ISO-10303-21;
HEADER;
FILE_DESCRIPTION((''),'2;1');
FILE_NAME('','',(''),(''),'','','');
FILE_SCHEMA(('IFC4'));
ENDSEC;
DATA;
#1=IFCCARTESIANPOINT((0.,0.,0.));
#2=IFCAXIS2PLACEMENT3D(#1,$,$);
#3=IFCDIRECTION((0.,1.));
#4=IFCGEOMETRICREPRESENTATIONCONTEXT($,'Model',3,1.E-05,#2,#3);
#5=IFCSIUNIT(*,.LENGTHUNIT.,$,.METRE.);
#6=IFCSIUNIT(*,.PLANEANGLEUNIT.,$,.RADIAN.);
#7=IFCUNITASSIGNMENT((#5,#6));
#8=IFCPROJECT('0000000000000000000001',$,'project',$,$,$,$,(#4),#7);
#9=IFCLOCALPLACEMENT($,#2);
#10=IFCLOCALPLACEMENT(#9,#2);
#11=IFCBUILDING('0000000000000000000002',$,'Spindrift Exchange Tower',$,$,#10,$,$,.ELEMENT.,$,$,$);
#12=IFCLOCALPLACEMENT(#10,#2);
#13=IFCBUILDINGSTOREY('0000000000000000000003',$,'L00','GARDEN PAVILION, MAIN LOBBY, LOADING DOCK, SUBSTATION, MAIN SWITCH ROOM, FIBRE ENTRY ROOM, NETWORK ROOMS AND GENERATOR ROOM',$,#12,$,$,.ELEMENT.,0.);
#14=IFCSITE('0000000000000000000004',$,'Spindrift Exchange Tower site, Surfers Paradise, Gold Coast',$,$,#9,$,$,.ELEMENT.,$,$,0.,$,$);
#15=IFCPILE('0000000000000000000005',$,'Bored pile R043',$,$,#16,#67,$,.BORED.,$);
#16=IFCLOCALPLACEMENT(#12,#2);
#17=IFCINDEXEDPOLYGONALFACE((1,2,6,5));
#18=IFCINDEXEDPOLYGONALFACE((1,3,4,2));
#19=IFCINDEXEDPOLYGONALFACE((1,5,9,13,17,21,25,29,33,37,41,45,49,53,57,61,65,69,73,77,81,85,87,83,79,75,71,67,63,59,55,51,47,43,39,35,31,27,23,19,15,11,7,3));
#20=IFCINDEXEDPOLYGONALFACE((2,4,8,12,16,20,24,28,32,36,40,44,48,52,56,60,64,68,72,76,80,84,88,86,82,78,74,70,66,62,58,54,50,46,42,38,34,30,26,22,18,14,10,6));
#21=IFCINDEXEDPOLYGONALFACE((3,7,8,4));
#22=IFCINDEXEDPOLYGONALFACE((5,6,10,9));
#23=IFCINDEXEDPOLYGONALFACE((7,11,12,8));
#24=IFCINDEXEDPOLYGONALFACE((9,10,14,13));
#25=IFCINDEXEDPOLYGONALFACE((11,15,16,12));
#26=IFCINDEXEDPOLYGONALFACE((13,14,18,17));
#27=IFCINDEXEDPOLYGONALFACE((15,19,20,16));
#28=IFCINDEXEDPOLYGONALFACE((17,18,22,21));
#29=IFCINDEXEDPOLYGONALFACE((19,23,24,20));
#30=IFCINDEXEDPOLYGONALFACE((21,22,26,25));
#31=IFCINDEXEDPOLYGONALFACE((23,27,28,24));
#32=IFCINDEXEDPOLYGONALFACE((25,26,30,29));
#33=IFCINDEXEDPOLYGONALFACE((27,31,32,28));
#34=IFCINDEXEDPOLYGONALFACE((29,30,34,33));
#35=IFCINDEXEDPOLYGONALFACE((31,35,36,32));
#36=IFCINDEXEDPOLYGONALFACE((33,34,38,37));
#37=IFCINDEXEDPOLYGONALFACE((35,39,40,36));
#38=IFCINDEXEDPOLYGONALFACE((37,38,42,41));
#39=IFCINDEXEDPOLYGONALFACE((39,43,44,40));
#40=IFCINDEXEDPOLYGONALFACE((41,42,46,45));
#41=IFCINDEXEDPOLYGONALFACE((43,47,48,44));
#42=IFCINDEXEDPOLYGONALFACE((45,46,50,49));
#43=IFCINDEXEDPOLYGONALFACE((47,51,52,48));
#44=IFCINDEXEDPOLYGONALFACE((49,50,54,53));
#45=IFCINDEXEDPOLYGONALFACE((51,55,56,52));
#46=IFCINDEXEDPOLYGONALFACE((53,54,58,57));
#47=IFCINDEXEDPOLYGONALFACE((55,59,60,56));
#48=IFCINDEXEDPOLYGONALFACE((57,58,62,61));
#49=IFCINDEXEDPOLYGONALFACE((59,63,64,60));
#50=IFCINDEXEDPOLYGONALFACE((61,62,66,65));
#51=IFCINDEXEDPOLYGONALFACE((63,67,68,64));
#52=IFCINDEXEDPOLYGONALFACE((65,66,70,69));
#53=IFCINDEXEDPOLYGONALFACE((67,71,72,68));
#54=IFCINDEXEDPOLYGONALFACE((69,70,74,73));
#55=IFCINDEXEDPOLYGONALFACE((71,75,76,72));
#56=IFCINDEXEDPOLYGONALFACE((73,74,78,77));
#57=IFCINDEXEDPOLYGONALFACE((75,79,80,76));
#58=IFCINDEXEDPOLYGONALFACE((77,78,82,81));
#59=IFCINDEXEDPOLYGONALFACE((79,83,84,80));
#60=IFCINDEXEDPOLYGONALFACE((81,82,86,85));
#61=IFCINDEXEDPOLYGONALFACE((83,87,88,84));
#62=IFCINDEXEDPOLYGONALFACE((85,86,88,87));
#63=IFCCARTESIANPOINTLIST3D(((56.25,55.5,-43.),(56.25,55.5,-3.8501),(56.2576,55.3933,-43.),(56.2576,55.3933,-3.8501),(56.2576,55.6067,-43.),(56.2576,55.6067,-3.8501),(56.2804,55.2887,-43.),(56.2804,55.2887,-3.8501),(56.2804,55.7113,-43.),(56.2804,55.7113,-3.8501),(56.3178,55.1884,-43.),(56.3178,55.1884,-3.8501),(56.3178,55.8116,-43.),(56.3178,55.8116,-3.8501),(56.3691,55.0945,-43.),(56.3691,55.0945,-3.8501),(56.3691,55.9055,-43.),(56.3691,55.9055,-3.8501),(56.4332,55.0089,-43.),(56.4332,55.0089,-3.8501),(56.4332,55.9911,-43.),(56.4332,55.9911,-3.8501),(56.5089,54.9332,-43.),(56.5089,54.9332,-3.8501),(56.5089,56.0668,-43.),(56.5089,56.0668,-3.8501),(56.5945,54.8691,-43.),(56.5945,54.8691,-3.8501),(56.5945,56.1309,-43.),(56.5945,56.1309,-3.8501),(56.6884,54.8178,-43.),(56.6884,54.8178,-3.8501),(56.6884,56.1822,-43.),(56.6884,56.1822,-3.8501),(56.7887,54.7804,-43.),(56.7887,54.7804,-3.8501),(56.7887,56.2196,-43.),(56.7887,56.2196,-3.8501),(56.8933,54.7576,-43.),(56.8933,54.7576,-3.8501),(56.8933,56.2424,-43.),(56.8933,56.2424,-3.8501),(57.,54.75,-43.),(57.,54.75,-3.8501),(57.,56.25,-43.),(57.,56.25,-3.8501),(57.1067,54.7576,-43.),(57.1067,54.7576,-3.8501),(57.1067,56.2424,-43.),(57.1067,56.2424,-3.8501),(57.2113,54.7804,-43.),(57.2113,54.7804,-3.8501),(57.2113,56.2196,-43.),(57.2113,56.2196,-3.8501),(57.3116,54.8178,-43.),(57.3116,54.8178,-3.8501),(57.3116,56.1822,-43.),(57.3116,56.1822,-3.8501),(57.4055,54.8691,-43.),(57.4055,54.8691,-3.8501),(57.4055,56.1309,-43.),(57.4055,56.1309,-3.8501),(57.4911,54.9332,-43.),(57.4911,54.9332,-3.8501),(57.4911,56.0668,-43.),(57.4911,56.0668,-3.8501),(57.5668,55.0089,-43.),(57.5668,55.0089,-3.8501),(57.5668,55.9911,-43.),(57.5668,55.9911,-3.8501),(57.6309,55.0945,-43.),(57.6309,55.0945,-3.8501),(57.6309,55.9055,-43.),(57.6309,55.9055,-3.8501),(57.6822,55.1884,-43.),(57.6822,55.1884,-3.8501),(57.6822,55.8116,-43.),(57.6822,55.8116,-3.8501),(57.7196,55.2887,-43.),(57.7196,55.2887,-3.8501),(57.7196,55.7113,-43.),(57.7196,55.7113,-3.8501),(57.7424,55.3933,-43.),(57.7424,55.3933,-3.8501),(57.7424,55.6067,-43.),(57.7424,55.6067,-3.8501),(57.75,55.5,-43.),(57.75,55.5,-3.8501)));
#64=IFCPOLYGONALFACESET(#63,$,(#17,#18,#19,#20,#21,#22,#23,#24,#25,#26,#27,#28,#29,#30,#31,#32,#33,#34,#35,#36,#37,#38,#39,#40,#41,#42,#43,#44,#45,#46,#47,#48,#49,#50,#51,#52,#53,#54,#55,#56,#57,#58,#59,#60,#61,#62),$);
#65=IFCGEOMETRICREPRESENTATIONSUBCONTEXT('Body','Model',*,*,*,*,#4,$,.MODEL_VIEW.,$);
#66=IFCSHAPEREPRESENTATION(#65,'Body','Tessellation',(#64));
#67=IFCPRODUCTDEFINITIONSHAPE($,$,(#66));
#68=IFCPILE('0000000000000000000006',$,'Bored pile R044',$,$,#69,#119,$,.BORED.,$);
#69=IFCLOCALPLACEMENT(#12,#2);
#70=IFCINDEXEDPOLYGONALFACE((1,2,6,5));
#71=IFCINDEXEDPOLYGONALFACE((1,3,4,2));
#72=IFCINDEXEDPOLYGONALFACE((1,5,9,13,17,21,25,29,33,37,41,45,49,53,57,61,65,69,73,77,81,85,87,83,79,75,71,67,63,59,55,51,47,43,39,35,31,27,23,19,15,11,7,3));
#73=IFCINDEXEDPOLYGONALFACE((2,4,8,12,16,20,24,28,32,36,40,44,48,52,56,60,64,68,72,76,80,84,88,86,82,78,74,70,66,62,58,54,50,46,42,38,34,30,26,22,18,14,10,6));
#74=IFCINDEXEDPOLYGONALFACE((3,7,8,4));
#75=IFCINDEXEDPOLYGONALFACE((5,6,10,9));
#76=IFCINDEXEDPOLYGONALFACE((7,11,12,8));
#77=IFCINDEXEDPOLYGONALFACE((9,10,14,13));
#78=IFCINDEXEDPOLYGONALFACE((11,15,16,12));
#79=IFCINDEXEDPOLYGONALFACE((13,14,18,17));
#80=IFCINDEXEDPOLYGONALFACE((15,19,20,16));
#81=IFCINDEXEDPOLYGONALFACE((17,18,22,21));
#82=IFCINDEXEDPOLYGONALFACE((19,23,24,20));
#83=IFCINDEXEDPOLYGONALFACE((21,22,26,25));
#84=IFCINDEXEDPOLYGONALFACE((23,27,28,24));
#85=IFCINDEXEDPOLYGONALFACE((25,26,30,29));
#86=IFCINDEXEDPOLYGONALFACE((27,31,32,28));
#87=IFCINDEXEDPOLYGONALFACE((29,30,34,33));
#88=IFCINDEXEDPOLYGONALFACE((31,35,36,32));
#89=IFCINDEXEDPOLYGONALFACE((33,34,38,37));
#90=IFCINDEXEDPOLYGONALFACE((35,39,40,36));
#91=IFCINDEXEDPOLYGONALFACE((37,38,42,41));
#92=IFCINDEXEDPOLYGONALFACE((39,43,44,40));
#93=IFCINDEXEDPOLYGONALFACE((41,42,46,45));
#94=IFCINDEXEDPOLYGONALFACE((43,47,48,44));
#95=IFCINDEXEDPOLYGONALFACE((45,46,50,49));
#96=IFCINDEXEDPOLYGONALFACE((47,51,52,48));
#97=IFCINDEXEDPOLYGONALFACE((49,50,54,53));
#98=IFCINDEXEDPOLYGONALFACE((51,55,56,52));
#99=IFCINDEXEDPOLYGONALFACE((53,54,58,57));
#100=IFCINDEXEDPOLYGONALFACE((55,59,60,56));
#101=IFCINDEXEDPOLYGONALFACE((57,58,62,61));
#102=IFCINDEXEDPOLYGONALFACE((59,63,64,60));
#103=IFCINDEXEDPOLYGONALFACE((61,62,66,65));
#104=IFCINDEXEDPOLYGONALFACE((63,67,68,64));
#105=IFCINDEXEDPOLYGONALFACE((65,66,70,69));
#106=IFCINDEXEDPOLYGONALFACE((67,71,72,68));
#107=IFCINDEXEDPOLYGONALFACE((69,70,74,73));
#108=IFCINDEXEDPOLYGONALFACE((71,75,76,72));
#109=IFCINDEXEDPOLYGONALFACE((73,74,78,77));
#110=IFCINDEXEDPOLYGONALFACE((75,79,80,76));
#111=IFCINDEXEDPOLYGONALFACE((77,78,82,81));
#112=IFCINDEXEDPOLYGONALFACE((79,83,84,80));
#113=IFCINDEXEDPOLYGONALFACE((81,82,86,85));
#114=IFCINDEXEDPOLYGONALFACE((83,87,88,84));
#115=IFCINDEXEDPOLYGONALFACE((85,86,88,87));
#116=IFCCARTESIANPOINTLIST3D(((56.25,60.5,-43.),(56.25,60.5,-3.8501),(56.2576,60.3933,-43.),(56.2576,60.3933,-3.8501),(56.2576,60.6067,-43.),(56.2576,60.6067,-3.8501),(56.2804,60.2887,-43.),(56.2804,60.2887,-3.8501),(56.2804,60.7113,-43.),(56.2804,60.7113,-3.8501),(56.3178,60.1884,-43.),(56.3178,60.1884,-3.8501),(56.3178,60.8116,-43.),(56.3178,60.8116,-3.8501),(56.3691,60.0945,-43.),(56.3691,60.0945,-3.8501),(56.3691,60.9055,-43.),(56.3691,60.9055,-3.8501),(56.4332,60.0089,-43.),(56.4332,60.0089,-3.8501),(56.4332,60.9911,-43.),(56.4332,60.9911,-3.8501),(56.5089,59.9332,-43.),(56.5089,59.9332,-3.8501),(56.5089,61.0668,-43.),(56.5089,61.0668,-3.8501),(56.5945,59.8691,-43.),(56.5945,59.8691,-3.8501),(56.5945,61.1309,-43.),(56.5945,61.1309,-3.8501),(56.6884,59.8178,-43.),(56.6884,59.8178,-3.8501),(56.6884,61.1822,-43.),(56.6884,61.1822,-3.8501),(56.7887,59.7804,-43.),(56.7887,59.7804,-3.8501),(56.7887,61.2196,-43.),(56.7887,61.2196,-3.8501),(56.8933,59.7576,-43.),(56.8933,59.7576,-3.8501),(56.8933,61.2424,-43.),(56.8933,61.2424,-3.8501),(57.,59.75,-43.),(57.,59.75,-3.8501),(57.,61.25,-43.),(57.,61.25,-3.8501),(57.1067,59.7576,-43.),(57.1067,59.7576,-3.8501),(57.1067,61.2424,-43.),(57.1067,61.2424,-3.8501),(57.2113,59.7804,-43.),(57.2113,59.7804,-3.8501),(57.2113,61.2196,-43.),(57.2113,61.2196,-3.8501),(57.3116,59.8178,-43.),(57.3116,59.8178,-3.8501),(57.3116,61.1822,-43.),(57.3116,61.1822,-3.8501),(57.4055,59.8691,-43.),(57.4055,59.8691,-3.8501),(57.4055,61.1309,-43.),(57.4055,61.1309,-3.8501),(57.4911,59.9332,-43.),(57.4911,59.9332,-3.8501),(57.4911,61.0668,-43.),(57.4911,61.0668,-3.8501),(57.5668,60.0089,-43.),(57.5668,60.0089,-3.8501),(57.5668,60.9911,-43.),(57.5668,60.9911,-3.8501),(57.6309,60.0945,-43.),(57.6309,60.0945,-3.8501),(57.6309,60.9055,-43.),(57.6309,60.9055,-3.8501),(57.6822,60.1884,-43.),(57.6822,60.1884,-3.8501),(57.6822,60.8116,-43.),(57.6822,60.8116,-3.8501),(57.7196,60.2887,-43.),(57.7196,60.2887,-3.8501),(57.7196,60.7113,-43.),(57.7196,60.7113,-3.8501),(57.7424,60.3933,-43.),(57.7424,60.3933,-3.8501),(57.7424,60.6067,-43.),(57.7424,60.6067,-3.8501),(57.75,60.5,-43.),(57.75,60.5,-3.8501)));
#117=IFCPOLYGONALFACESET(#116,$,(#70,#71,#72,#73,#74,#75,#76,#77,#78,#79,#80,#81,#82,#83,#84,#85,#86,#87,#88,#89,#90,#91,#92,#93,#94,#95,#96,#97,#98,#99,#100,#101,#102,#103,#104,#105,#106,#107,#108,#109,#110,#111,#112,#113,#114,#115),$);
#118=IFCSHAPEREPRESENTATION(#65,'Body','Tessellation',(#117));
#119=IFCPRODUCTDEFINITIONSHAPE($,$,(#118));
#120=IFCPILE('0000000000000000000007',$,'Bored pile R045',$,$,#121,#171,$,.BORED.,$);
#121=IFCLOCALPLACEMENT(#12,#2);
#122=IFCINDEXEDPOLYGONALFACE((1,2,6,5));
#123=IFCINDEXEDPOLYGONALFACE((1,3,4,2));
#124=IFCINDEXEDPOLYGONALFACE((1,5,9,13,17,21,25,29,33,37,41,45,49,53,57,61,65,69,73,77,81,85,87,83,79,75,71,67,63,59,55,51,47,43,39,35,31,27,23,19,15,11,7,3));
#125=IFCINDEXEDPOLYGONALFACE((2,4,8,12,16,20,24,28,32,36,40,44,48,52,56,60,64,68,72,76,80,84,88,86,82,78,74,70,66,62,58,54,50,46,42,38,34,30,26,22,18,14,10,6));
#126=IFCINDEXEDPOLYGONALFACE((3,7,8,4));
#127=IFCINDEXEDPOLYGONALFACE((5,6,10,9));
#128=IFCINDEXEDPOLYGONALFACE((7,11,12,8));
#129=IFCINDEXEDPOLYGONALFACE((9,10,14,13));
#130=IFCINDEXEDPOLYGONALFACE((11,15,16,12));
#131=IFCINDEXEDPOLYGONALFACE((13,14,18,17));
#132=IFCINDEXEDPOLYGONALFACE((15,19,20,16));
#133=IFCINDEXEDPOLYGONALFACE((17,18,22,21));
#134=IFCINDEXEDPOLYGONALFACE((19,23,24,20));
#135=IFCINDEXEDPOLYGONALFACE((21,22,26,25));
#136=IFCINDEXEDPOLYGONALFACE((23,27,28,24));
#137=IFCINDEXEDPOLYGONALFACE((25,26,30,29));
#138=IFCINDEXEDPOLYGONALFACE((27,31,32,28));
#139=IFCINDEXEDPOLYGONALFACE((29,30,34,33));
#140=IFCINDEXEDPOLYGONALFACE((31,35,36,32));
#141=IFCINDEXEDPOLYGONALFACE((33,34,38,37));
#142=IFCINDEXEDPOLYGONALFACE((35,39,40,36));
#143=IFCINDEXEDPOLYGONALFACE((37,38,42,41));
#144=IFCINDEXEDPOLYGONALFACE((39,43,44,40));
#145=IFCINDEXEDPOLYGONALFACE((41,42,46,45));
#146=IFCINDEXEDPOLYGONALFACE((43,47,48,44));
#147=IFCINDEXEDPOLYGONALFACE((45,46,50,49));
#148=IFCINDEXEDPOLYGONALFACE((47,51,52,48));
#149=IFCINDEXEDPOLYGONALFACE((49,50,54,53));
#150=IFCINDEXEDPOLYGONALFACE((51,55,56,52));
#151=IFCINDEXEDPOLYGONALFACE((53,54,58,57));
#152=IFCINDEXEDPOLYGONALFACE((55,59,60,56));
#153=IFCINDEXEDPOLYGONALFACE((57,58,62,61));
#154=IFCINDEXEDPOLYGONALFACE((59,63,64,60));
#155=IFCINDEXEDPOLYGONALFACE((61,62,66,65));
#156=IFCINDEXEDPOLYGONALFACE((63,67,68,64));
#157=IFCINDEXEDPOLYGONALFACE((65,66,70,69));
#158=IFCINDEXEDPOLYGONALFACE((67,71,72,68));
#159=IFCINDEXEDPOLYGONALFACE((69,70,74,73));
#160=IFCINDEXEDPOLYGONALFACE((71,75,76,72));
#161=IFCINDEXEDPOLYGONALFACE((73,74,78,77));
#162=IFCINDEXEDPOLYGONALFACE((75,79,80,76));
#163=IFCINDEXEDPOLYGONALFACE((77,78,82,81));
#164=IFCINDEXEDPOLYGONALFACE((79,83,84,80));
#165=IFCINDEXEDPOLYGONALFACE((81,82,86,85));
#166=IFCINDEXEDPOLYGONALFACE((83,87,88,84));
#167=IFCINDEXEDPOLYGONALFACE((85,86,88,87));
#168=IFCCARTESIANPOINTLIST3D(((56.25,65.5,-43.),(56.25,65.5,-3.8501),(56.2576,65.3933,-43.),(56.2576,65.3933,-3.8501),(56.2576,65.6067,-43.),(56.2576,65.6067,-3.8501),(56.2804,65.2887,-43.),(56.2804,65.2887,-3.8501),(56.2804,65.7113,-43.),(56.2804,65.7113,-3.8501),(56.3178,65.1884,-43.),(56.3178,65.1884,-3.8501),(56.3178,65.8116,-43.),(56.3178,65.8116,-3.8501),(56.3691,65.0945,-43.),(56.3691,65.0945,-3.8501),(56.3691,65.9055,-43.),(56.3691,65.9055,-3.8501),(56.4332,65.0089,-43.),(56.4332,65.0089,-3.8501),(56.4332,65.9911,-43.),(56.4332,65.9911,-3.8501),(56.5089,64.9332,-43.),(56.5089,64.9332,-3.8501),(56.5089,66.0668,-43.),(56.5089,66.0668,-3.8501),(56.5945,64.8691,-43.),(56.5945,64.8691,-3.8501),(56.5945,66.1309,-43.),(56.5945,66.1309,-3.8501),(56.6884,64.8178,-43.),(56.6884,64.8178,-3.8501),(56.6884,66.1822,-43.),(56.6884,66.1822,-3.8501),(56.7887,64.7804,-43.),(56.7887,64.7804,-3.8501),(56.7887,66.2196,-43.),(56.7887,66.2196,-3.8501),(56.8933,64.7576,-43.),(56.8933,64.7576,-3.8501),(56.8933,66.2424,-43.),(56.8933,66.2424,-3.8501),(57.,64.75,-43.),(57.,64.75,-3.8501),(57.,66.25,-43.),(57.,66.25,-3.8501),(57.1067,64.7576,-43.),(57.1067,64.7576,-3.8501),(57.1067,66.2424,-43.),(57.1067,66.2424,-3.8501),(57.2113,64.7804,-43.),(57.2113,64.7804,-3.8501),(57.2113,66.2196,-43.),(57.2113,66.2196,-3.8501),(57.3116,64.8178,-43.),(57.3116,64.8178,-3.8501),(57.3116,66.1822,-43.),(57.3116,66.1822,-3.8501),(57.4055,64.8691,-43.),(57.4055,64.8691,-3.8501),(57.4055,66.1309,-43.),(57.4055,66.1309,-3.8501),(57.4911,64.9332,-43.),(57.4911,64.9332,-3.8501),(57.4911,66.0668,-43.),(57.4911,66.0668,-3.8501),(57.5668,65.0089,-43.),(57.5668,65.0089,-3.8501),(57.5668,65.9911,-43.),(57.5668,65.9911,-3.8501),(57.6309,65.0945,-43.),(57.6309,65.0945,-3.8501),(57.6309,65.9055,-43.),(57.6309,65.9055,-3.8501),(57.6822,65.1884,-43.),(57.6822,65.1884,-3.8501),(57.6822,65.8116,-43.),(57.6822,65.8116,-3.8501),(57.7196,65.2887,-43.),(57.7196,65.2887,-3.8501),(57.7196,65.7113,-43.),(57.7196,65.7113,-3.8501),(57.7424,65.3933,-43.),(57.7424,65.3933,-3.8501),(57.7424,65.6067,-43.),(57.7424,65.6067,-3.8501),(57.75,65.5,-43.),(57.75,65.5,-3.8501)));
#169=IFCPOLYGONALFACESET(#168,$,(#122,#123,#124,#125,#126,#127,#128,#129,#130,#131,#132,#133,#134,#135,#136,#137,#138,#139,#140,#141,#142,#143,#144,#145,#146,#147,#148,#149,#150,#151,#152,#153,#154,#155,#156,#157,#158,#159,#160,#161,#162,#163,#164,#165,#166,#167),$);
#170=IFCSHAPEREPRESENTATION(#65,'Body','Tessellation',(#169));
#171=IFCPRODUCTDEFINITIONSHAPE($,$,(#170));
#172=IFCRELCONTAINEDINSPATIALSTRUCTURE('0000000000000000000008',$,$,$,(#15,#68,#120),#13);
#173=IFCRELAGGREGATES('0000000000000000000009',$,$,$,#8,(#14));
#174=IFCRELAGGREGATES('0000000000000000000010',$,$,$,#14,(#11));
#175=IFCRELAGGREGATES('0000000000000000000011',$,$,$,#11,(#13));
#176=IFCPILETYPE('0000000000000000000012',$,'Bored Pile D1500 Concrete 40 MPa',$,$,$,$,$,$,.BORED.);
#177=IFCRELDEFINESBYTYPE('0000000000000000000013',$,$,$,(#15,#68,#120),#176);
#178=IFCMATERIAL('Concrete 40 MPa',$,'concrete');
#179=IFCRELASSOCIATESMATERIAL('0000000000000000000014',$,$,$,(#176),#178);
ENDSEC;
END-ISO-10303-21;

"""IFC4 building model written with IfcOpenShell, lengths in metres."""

from ifc_helpers import new_model, si_unit, direction, frame, origin, origin_2d, place, context, subcontext, project, spatial, circle, extrude, source, transform, mapped, material, material_profile, profile_set, type_object, element, save


model = new_model("IFC4")

# Units and contexts
model_context = context("Model", 3, precision=1e-05, world=origin(), true_north=direction((0.0, 1.0)))
body_context = subcontext(model_context, "Body", "Model", "MODEL_VIEW")
ifc_project = project(units=[si_unit("LENGTHUNIT", "METRE"), si_unit("PLANEANGLEUNIT", "RADIAN")], contexts=[model_context])

# Site, building, storey
site_placement = place(None, origin())
site = spatial("IfcSite", under=ifc_project, at=site_placement, Name="Spindrift Exchange Tower site, Surfers Paradise, Gold Coast", CompositionType="ELEMENT", RefElevation=0.0)
building_placement = place(site_placement, origin())
building = spatial("IfcBuilding", under=site, at=building_placement, Name="Spindrift Exchange Tower", CompositionType="ELEMENT")
storey_placement = place(building_placement, origin())
storey = spatial("IfcBuildingStorey", under=building, at=storey_placement, Name="L00", Description="GARDEN PAVILION, MAIN LOBBY, LOADING DOCK, SUBSTATION, MAIN SWITCH ROOM, FIBRE ENTRY ROOM, NETWORK ROOMS AND GENERATOR ROOM", CompositionType="ELEMENT", Elevation=0.0)

# Piles
ifc_material_1 = material(Name="Concrete 40 MPa", Category="concrete")
ifc_material_profile_1 = material_profile(ifc_material_1, circle(Radius=0.75, at=origin_2d()), Name="BP D1500")
ifc_profile_set_1 = profile_set([ifc_material_profile_1], Name="Concrete 40 MPa")
pile_type_1 = type_object("IfcPileType", Name="Bored Pile D1500 Concrete 40 MPa", PredefinedType="BORED", material=ifc_profile_set_1)
shared_shape_1 = source(origin(), body_context, "Body", "SweptSolid", [
    extrude(circle(Radius=0.75, at=origin_2d()), origin(), (0.0, 0.0, 1.0), 39.1499),
])
for number, where, z_axis, x_axis, name in (
    (1, (57.0, 55.5, -3.8501), (0.0, 0.0, -1.0), (1.0, 0.0, 0.0), "Bored pile R043"),
    (2, (57.0, 60.5, -3.8501), (0.0, 0.0, -1.0), (1.0, 0.0, 0.0), "Bored pile R044"),
    (3, (57.0, 65.5, -3.8501), (0.0, 0.0, -1.0), (1.0, 0.0, 0.0), "Bored pile R045"),
):
    element("IfcPile", number, at=place(storey_placement, frame(where, z_axis=z_axis, x_axis=x_axis)), inside=storey, type_object=pile_type_1, Name=name, PredefinedType="BORED", context=body_context, shape_type="MappedRepresentation", body=[
        mapped(shared_shape_1, transform((0.0, 0.0, 0.0), scale=1.0)),
    ])

save(model, "model.ifc")
